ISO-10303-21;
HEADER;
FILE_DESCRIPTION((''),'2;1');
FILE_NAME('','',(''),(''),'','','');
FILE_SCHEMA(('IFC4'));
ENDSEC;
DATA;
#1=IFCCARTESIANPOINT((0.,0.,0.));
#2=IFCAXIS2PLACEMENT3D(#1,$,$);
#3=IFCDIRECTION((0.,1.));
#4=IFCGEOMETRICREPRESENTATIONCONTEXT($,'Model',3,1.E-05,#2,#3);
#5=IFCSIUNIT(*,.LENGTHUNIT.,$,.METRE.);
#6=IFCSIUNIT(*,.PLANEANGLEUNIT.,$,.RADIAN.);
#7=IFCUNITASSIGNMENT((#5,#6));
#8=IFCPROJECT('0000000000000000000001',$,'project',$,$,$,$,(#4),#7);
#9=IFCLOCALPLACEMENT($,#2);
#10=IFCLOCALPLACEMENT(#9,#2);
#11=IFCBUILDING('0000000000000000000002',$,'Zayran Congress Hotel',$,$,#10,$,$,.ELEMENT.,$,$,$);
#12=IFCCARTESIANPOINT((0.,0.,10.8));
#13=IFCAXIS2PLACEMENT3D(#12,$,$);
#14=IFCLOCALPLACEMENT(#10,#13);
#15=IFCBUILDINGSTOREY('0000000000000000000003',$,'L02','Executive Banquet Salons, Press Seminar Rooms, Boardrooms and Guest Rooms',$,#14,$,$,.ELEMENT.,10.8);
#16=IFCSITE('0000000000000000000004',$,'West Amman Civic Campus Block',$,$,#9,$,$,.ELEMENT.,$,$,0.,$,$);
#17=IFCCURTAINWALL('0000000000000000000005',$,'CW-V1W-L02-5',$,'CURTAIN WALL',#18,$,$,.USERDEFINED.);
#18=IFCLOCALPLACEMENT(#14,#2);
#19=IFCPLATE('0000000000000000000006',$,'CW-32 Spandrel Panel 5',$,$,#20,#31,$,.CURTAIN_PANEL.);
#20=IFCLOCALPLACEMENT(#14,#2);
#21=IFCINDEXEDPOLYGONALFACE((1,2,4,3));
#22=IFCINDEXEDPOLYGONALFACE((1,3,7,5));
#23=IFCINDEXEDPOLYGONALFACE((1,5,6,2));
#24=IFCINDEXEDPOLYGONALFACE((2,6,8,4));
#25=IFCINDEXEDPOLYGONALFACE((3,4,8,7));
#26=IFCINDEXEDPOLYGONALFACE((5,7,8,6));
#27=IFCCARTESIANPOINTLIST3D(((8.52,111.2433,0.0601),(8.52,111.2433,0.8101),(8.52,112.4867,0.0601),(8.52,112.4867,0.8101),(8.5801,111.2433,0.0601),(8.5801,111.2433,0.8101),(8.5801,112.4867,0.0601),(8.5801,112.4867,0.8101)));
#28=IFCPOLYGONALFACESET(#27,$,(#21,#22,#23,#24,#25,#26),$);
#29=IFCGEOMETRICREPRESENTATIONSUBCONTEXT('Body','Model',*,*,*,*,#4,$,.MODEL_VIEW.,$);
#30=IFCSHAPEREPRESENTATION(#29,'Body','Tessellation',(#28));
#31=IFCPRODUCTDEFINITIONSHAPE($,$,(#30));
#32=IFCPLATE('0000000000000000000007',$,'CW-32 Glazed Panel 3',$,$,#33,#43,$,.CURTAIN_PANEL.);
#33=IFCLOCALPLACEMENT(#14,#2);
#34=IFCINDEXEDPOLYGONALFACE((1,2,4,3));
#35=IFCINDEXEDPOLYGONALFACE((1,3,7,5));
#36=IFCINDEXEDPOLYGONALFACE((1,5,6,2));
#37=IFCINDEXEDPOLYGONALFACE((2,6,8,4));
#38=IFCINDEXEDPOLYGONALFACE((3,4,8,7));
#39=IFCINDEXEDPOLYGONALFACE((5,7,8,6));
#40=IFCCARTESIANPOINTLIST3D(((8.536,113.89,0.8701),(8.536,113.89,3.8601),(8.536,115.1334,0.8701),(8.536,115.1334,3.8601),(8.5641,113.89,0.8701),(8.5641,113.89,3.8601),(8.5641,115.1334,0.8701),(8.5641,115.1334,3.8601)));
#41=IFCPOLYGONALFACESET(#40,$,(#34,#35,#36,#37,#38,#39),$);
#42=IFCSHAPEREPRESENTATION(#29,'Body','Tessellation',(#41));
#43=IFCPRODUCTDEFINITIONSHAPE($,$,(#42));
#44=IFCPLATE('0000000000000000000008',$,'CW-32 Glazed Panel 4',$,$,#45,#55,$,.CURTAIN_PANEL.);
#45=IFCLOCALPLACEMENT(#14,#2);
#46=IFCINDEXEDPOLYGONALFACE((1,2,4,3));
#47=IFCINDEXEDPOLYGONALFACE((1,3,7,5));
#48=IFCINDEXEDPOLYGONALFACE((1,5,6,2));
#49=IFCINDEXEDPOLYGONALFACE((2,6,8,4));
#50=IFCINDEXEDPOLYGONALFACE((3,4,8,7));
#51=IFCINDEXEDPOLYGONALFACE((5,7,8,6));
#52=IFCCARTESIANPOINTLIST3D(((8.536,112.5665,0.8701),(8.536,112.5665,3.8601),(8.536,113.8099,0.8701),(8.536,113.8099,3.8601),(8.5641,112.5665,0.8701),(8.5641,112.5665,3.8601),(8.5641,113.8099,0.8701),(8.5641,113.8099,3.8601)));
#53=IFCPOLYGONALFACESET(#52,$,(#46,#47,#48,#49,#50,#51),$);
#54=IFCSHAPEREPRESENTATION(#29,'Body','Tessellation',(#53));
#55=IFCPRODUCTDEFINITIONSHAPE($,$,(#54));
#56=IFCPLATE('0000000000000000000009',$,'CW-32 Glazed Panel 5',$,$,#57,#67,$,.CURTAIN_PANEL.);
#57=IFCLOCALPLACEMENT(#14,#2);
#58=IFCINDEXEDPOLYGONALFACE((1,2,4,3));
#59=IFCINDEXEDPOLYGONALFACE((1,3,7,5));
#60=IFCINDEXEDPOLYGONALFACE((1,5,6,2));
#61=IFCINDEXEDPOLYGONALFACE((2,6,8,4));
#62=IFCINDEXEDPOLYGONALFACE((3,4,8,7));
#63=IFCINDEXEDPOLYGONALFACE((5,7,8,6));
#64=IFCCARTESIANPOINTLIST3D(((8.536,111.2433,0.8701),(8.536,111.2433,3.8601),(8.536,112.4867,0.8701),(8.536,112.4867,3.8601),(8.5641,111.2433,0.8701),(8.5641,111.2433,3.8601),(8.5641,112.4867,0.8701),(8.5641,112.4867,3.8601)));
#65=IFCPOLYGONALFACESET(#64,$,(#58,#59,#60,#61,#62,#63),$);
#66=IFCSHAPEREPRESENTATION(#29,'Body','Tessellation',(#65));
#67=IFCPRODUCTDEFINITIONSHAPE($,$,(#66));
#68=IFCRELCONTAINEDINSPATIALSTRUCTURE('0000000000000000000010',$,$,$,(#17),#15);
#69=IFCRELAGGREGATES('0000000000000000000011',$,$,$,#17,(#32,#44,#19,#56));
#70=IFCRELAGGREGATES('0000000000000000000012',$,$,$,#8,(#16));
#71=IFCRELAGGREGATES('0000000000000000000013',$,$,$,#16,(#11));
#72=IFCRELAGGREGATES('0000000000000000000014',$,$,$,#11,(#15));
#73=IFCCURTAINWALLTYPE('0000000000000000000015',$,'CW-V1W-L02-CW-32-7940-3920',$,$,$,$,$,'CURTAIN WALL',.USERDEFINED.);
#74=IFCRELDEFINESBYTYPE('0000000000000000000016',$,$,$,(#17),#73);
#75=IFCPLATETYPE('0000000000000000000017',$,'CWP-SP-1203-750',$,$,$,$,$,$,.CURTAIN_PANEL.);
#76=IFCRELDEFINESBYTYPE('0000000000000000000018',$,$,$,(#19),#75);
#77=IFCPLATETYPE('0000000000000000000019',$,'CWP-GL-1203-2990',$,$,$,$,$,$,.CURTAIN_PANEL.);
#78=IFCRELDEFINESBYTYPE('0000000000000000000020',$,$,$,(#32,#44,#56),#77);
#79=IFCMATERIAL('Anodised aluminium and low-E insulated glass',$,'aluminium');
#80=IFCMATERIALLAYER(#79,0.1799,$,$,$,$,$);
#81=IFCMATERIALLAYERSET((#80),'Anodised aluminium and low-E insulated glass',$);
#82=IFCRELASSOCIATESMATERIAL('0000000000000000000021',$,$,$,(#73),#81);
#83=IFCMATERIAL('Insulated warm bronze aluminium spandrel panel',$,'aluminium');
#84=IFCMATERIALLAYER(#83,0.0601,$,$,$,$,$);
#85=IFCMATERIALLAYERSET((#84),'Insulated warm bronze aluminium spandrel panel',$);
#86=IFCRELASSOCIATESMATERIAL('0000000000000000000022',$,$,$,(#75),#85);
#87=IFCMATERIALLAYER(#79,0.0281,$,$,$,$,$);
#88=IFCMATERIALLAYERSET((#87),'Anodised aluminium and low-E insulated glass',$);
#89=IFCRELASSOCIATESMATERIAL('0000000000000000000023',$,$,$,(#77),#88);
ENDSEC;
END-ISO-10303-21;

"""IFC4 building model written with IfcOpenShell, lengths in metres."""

from ifc_helpers import new_model, si_unit, direction, frame, origin, origin_2d, place, context, subcontext, project, spatial, rectangle, extrude, material, layer, layer_set, type_object, element, aggregate, save


model = new_model("IFC4")

# Units and contexts
model_context = context("Model", 3, precision=1e-05, world=origin(), true_north=direction((0.0, 1.0)))
body_context = subcontext(model_context, "Body", "Model", "MODEL_VIEW")
ifc_project = project(units=[si_unit("LENGTHUNIT", "METRE"), si_unit("PLANEANGLEUNIT", "RADIAN")], contexts=[model_context])

# Site, building, storey
site_placement = place(None, origin())
site = spatial("IfcSite", under=ifc_project, at=site_placement, Name="West Amman Civic Campus Block", CompositionType="ELEMENT", RefElevation=0.0)
building_placement = place(site_placement, origin())
building = spatial("IfcBuilding", under=site, at=building_placement, Name="Zayran Congress Hotel", CompositionType="ELEMENT")
storey_placement = place(building_placement, frame((0.0, 0.0, 10.8)))
storey = spatial("IfcBuildingStorey", under=building, at=storey_placement, Name="L02", Description="Executive Banquet Salons, Press Seminar Rooms, Boardrooms and Guest Rooms", CompositionType="ELEMENT", Elevation=10.8)

# Curtain wall, plates
ifc_material_1 = material(Name="Anodised aluminium and low-E insulated glass", Category="aluminium")
ifc_layer_1 = layer(ifc_material_1, 0.1799)
ifc_layer_set_1 = layer_set([ifc_layer_1], Name="Anodised aluminium and low-E insulated glass")
curtain_wall_type = type_object("IfcCurtainWallType", Name="CW-V1W-L02-CW-32-7940-3920", ElementType="CURTAIN WALL", PredefinedType="USERDEFINED", material=ifc_layer_set_1)
curtain_wall_placement = place(storey_placement, origin())
curtain_wall = element("IfcCurtainWall", 1, at=curtain_wall_placement, inside=storey, type_object=curtain_wall_type, Name="CW-V1W-L02-5", ObjectType="CURTAIN WALL", PredefinedType="USERDEFINED")
ifc_material_2 = material(Name="Insulated warm bronze aluminium spandrel panel", Category="aluminium")
ifc_layer_2 = layer(ifc_material_2, 0.0601)
ifc_layer_set_2 = layer_set([ifc_layer_2], Name="Insulated warm bronze aluminium spandrel panel")
plate_type_1 = type_object("IfcPlateType", Name="CWP-SP-1203-750", PredefinedType="CURTAIN_PANEL", material=ifc_layer_set_2)
plate_1_placement = place(storey_placement, frame((8.55, 111.865, 0.0601), z_axis=(0.0, 0.0, 1.0), x_axis=(0.0, 1.0, 0.0)))
plate_1 = element("IfcPlate", 2, at=plate_1_placement, type_object=plate_type_1, Name="CW-32 Spandrel Panel 5", PredefinedType="CURTAIN_PANEL", context=body_context, shape_type="SweptSolid", body=[
    extrude(rectangle(XDim=1.2434, YDim=0.0601, at=origin_2d()), origin(), (0.0, 0.0, 1.0), 0.75),
])
ifc_layer_3 = layer(ifc_material_1, 0.0281)
ifc_layer_set_3 = layer_set([ifc_layer_3], Name="Anodised aluminium and low-E insulated glass")
plate_type_2 = type_object("IfcPlateType", Name="CWP-GL-1203-2990", PredefinedType="CURTAIN_PANEL", material=ifc_layer_set_3)
plate_2_placement = place(storey_placement, frame((8.55, 114.5117, 0.8701), z_axis=(0.0, 0.0, 1.0), x_axis=(0.0, 1.0, 0.0)))
plate_2 = element("IfcPlate", 3, at=plate_2_placement, type_object=plate_type_2, Name="CW-32 Glazed Panel 3", PredefinedType="CURTAIN_PANEL", context=body_context, shape_type="SweptSolid", body=[
    extrude(rectangle(XDim=1.2434, YDim=0.0281, at=origin_2d()), origin(), (0.0, 0.0, 1.0), 2.99),
])
plate_3_placement = place(storey_placement, frame((8.55, 113.1882, 0.8701), z_axis=(0.0, 0.0, 1.0), x_axis=(0.0, 1.0, 0.0)))
plate_3 = element("IfcPlate", 4, at=plate_3_placement, type_object=plate_type_2, Name="CW-32 Glazed Panel 4", PredefinedType="CURTAIN_PANEL", context=body_context, shape_type="SweptSolid", body=[
    extrude(rectangle(XDim=1.2434, YDim=0.0281, at=origin_2d()), origin(), (0.0, 0.0, 1.0), 2.99),
])
plate_4_placement = place(storey_placement, frame((8.55, 111.865, 0.8701), z_axis=(0.0, 0.0, 1.0), x_axis=(0.0, 1.0, 0.0)))
plate_4 = element("IfcPlate", 5, at=plate_4_placement, type_object=plate_type_2, Name="CW-32 Glazed Panel 5", PredefinedType="CURTAIN_PANEL", context=body_context, shape_type="SweptSolid", body=[
    extrude(rectangle(XDim=1.2434, YDim=0.0281, at=origin_2d()), origin(), (0.0, 0.0, 1.0), 2.99),
])
aggregate(curtain_wall, [plate_2, plate_3, plate_1, plate_4])

save(model, "model.ifc")
